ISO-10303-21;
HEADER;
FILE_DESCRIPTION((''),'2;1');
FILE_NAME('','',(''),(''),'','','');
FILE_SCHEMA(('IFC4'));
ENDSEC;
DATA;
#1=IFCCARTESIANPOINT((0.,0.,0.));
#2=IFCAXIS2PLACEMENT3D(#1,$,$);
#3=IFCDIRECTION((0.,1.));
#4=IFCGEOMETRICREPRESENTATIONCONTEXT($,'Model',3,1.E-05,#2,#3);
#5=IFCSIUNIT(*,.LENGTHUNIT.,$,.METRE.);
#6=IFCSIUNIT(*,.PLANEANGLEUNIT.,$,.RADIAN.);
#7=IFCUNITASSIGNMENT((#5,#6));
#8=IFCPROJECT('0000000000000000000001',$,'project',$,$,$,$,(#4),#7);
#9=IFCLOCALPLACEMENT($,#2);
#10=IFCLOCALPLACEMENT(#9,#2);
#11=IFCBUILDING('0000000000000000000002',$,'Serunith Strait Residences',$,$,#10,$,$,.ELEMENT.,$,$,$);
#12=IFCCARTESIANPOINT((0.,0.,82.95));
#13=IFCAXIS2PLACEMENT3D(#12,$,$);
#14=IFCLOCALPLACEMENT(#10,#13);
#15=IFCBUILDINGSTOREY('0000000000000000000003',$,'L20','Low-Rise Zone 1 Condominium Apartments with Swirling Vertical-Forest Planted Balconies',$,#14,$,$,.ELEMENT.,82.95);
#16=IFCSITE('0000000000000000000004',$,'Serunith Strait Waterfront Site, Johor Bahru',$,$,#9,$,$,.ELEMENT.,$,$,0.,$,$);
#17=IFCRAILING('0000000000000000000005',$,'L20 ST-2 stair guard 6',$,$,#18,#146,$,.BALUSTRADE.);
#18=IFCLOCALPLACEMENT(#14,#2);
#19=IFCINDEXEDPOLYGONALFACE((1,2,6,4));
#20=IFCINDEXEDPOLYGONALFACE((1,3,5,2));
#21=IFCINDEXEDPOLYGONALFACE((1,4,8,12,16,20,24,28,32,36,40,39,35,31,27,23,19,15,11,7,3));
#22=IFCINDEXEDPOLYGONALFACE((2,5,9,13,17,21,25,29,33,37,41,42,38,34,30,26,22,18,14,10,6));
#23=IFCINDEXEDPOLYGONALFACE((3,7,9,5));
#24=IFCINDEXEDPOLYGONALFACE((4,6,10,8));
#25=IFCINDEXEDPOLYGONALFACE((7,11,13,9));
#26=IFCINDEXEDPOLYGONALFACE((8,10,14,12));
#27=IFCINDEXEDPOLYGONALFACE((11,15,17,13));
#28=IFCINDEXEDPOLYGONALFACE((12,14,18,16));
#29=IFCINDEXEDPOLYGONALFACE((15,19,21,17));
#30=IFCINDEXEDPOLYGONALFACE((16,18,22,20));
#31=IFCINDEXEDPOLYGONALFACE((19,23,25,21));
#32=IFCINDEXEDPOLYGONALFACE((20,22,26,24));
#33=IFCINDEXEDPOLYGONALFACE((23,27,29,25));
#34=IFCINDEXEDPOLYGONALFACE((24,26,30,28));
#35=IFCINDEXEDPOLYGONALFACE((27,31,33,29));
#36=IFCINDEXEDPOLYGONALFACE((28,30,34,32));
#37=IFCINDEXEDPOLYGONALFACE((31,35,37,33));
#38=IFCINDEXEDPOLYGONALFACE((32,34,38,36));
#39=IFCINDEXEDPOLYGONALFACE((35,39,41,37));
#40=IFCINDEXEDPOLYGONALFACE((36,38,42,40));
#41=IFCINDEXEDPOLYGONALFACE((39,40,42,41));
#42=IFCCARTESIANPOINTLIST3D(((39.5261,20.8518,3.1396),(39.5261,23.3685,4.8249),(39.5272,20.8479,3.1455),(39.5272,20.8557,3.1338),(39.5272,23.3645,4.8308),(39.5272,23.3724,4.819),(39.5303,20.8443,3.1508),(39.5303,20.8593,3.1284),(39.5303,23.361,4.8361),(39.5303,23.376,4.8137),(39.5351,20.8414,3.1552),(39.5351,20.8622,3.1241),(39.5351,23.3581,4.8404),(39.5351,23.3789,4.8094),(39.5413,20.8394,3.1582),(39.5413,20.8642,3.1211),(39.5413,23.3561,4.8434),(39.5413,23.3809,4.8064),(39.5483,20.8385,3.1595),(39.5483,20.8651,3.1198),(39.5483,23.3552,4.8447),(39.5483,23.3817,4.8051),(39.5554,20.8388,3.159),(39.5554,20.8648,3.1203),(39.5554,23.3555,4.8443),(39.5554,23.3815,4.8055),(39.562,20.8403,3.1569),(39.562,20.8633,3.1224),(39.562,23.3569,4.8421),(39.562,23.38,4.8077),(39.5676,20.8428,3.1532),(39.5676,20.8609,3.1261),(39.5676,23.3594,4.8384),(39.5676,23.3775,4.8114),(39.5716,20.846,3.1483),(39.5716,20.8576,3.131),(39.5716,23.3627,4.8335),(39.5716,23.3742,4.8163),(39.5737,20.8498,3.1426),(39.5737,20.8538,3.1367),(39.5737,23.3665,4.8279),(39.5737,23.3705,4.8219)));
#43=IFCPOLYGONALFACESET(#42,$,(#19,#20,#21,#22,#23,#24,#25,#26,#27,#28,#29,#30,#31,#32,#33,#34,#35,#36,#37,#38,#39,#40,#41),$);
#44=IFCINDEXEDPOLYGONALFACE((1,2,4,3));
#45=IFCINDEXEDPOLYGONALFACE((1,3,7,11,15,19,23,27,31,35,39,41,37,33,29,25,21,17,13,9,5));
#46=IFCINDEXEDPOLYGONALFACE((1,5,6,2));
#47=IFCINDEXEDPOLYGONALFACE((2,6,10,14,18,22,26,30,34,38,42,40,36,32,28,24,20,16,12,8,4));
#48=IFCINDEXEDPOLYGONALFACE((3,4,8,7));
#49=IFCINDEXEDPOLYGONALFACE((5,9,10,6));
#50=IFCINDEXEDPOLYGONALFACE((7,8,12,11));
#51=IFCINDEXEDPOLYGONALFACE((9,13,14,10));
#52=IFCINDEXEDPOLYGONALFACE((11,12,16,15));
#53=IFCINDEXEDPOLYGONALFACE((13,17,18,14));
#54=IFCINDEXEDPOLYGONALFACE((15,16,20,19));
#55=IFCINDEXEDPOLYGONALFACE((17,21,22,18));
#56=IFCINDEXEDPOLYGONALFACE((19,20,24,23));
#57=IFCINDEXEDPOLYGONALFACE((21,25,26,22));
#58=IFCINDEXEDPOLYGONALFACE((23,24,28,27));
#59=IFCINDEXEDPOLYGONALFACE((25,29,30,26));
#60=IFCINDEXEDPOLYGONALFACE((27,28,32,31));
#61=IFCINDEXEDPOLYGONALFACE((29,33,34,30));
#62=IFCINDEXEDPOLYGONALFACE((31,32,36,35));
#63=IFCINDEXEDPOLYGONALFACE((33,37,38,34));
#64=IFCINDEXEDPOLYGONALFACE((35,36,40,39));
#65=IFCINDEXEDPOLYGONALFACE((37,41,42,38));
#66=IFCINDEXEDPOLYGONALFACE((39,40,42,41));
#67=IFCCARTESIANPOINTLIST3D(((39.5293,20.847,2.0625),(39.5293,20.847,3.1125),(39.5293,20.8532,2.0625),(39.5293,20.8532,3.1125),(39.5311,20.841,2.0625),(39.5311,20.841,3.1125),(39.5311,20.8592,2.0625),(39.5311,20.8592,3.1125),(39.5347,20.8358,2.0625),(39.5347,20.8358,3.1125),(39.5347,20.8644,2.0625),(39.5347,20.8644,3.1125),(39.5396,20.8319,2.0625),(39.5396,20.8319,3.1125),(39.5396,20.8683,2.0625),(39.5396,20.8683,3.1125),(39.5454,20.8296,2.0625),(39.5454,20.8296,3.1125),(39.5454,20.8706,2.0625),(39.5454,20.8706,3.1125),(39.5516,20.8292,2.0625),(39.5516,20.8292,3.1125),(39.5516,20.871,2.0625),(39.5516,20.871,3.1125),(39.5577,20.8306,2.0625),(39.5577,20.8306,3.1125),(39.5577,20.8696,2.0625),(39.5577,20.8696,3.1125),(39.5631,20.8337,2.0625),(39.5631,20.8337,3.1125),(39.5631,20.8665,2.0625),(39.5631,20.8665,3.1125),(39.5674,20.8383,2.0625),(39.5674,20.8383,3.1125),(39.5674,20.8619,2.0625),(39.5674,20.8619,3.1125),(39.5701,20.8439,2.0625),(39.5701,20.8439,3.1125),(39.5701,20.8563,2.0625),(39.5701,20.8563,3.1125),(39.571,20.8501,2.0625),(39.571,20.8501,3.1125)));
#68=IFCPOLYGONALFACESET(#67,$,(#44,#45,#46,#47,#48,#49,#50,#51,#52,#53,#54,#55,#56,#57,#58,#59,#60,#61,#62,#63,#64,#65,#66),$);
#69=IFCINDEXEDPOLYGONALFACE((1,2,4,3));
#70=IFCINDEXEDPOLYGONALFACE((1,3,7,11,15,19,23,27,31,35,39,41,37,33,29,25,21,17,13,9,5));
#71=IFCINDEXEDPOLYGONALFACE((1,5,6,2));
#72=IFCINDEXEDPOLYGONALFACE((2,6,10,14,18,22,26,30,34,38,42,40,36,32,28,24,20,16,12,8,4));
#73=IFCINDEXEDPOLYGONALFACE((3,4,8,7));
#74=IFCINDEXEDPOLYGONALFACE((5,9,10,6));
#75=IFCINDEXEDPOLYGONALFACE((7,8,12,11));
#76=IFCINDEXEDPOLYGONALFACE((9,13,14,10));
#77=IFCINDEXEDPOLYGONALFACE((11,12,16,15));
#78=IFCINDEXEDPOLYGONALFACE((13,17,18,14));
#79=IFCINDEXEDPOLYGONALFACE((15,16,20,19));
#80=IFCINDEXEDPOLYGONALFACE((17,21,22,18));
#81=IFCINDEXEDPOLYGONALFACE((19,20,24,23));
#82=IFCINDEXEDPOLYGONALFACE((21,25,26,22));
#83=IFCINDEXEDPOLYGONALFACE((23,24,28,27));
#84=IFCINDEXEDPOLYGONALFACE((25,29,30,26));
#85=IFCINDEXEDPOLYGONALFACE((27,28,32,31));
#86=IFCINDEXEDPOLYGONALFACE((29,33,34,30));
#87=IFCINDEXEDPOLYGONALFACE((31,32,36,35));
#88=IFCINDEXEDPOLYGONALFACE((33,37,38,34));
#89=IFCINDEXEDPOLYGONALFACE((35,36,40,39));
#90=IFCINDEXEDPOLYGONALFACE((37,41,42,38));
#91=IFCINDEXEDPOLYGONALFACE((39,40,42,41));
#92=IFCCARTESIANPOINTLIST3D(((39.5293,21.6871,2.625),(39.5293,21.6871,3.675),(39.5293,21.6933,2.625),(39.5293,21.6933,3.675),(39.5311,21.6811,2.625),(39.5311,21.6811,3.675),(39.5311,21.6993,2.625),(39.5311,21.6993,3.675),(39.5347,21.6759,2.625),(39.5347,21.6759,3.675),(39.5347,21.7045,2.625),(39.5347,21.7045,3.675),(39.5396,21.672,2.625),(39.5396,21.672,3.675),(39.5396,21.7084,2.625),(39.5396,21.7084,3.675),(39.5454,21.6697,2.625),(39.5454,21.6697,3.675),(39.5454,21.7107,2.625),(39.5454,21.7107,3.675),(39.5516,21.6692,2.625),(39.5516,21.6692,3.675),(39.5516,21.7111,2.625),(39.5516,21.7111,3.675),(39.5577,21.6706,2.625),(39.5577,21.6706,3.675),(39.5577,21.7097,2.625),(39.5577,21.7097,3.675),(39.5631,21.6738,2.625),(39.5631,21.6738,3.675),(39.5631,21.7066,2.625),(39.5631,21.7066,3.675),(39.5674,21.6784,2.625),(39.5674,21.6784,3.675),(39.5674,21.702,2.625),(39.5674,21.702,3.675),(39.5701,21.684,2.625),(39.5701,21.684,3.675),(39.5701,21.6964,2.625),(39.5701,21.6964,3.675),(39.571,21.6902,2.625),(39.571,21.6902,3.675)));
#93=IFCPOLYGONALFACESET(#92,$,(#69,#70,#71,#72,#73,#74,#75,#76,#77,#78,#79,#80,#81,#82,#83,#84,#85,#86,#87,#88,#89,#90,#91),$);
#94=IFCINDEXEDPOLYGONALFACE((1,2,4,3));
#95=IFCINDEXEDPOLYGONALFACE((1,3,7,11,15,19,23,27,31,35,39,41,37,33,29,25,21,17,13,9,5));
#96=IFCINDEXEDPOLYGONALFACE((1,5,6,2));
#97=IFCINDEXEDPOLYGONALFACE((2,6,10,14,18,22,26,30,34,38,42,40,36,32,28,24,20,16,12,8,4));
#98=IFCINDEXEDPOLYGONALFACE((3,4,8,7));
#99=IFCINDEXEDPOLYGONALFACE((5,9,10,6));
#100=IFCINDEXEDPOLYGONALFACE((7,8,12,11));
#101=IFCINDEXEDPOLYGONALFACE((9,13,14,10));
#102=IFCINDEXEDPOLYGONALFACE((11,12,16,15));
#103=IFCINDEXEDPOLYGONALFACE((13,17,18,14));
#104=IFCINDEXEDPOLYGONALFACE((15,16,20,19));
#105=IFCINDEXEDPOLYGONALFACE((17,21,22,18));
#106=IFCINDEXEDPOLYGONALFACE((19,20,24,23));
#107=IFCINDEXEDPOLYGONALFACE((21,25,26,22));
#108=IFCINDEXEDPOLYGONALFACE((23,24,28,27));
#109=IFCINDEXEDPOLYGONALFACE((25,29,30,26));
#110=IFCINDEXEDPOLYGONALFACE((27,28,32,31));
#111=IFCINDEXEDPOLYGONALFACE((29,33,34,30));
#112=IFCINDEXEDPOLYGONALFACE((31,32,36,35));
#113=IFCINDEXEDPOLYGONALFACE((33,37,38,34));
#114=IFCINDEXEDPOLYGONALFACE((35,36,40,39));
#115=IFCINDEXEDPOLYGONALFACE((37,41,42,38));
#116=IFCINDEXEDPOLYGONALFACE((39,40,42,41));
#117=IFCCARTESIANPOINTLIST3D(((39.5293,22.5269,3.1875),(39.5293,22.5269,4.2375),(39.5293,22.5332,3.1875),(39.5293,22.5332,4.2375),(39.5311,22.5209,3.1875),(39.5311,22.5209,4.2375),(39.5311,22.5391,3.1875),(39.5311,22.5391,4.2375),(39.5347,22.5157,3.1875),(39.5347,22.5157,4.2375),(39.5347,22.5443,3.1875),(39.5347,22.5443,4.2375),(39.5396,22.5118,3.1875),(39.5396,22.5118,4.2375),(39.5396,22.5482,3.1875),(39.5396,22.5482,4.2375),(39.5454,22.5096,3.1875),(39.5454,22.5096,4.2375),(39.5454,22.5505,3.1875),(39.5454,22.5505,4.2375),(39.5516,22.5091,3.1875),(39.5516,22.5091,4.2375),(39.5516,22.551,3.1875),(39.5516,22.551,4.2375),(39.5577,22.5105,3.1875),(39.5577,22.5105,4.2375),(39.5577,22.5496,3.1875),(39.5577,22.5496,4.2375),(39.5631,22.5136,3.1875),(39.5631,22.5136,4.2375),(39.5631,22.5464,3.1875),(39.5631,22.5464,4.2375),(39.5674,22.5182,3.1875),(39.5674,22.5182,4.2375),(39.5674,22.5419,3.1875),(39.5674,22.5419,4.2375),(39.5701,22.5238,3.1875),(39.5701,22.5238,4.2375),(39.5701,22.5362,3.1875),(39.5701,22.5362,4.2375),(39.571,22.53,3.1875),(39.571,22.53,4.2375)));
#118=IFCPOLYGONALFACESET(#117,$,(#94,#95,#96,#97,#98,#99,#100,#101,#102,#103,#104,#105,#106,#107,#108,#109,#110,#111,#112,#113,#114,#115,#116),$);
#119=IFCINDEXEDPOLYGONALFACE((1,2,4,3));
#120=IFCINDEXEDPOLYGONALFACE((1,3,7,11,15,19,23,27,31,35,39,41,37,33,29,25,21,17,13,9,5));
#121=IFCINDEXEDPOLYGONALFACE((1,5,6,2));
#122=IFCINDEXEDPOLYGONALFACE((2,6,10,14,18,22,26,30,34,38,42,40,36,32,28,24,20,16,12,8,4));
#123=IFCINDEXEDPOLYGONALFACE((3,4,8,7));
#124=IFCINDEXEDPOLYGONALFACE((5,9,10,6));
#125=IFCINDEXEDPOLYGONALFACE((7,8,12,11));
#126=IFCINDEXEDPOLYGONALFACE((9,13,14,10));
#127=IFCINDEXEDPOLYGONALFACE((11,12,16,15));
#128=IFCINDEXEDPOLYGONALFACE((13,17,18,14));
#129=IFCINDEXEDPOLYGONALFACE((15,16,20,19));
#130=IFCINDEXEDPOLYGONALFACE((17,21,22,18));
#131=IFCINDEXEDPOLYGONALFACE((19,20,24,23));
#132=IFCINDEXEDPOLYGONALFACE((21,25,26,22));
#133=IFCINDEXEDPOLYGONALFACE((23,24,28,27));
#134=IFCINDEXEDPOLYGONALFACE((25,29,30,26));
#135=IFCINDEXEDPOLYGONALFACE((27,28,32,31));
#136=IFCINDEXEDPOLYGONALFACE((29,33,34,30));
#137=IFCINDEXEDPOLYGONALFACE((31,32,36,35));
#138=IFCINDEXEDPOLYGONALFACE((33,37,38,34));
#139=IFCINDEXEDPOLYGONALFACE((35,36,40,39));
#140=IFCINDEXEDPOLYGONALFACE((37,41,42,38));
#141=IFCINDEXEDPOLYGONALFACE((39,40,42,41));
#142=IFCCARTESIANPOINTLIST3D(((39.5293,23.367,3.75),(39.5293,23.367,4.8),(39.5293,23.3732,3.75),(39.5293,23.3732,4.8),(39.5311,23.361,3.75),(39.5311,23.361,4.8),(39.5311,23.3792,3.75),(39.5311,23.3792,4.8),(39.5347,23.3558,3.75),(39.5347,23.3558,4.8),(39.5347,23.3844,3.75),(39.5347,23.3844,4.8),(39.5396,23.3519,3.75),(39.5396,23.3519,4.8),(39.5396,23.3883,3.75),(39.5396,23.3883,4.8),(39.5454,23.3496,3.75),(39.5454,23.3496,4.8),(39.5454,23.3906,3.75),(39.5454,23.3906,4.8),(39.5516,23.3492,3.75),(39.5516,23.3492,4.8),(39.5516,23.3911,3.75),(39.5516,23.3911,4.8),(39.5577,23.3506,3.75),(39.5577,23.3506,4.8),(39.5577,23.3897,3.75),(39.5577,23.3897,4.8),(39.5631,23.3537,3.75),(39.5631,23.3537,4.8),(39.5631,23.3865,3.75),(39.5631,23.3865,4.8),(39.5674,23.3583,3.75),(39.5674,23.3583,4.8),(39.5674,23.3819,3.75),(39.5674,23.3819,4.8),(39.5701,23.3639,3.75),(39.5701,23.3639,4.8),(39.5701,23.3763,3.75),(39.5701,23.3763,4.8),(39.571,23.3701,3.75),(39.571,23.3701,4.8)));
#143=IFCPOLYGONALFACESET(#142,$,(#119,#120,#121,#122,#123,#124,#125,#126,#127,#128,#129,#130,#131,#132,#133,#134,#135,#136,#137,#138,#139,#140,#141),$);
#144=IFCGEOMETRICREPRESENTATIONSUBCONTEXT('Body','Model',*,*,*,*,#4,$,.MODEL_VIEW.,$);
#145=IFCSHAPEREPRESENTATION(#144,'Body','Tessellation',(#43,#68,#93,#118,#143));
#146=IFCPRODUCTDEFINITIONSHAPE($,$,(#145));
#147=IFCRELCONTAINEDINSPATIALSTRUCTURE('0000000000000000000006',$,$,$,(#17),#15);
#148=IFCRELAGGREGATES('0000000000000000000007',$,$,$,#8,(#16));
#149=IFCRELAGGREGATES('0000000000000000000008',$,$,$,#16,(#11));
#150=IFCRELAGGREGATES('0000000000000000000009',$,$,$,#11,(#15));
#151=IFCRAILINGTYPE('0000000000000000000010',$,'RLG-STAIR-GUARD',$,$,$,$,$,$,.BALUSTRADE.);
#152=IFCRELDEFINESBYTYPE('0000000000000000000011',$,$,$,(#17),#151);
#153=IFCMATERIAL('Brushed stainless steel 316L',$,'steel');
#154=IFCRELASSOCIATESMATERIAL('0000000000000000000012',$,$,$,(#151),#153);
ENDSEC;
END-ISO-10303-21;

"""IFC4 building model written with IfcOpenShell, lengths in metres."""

from ifc_helpers import new_model, si_unit, direction, frame, origin, origin_2d, place, context, subcontext, project, spatial, circle, extrude, material, type_object, element, save


model = new_model("IFC4")

# Units and contexts
model_context = context("Model", 3, precision=1e-05, world=origin(), true_north=direction((0.0, 1.0)))
body_context = subcontext(model_context, "Body", "Model", "MODEL_VIEW")
ifc_project = project(units=[si_unit("LENGTHUNIT", "METRE"), si_unit("PLANEANGLEUNIT", "RADIAN")], contexts=[model_context])

# Site, building, storey
site_placement = place(None, origin())
site = spatial("IfcSite", under=ifc_project, at=site_placement, Name="Serunith Strait Waterfront Site, Johor Bahru", CompositionType="ELEMENT", RefElevation=0.0)
building_placement = place(site_placement, origin())
building = spatial("IfcBuilding", under=site, at=building_placement, Name="Serunith Strait Residences", CompositionType="ELEMENT")
storey_placement = place(building_placement, frame((0.0, 0.0, 82.95)))
storey = spatial("IfcBuildingStorey", under=building, at=storey_placement, Name="L20", Description="Low-Rise Zone 1 Condominium Apartments with Swirling Vertical-Forest Planted Balconies", CompositionType="ELEMENT", Elevation=82.95)

# Railing
ifc_material_1 = material(Name="Brushed stainless steel 316L", Category="steel")
railing_type_1 = type_object("IfcRailingType", Name="RLG-STAIR-GUARD", PredefinedType="BALUSTRADE", material=ifc_material_1)
railing_1_placement = place(storey_placement, frame((39.55, 20.8501, 2.0625)))
element("IfcRailing", 1, at=railing_1_placement, inside=storey, type_object=railing_type_1, Name="L20 ST-2 stair guard 6", PredefinedType="BALUSTRADE", context=body_context, shape_type="SweptSolid", body=[
    extrude(circle(Radius=0.0239, at=origin_2d()), frame((0.0, 0.0017, 1.0771), z_axis=(0.0, 0.830909, 0.556408), x_axis=(-1.0, 0.0, 0.0)), (0.0, 0.0, 1.0), 3.0288),
    extrude(circle(Radius=0.021, at=origin_2d()), origin(), (0.0, 0.0, 1.0), 1.05),
    extrude(circle(Radius=0.021, at=origin_2d()), frame((0.0, 0.8401, 0.5625)), (0.0, 0.0, 1.0), 1.05),
    extrude(circle(Radius=0.021, at=origin_2d()), frame((0.0, 1.6799, 1.125)), (0.0, 0.0, 1.0), 1.05),
    extrude(circle(Radius=0.021, at=origin_2d()), frame((0.0, 2.52, 1.6875)), (0.0, 0.0, 1.0), 1.05),
])

save(model, "model.ifc")
